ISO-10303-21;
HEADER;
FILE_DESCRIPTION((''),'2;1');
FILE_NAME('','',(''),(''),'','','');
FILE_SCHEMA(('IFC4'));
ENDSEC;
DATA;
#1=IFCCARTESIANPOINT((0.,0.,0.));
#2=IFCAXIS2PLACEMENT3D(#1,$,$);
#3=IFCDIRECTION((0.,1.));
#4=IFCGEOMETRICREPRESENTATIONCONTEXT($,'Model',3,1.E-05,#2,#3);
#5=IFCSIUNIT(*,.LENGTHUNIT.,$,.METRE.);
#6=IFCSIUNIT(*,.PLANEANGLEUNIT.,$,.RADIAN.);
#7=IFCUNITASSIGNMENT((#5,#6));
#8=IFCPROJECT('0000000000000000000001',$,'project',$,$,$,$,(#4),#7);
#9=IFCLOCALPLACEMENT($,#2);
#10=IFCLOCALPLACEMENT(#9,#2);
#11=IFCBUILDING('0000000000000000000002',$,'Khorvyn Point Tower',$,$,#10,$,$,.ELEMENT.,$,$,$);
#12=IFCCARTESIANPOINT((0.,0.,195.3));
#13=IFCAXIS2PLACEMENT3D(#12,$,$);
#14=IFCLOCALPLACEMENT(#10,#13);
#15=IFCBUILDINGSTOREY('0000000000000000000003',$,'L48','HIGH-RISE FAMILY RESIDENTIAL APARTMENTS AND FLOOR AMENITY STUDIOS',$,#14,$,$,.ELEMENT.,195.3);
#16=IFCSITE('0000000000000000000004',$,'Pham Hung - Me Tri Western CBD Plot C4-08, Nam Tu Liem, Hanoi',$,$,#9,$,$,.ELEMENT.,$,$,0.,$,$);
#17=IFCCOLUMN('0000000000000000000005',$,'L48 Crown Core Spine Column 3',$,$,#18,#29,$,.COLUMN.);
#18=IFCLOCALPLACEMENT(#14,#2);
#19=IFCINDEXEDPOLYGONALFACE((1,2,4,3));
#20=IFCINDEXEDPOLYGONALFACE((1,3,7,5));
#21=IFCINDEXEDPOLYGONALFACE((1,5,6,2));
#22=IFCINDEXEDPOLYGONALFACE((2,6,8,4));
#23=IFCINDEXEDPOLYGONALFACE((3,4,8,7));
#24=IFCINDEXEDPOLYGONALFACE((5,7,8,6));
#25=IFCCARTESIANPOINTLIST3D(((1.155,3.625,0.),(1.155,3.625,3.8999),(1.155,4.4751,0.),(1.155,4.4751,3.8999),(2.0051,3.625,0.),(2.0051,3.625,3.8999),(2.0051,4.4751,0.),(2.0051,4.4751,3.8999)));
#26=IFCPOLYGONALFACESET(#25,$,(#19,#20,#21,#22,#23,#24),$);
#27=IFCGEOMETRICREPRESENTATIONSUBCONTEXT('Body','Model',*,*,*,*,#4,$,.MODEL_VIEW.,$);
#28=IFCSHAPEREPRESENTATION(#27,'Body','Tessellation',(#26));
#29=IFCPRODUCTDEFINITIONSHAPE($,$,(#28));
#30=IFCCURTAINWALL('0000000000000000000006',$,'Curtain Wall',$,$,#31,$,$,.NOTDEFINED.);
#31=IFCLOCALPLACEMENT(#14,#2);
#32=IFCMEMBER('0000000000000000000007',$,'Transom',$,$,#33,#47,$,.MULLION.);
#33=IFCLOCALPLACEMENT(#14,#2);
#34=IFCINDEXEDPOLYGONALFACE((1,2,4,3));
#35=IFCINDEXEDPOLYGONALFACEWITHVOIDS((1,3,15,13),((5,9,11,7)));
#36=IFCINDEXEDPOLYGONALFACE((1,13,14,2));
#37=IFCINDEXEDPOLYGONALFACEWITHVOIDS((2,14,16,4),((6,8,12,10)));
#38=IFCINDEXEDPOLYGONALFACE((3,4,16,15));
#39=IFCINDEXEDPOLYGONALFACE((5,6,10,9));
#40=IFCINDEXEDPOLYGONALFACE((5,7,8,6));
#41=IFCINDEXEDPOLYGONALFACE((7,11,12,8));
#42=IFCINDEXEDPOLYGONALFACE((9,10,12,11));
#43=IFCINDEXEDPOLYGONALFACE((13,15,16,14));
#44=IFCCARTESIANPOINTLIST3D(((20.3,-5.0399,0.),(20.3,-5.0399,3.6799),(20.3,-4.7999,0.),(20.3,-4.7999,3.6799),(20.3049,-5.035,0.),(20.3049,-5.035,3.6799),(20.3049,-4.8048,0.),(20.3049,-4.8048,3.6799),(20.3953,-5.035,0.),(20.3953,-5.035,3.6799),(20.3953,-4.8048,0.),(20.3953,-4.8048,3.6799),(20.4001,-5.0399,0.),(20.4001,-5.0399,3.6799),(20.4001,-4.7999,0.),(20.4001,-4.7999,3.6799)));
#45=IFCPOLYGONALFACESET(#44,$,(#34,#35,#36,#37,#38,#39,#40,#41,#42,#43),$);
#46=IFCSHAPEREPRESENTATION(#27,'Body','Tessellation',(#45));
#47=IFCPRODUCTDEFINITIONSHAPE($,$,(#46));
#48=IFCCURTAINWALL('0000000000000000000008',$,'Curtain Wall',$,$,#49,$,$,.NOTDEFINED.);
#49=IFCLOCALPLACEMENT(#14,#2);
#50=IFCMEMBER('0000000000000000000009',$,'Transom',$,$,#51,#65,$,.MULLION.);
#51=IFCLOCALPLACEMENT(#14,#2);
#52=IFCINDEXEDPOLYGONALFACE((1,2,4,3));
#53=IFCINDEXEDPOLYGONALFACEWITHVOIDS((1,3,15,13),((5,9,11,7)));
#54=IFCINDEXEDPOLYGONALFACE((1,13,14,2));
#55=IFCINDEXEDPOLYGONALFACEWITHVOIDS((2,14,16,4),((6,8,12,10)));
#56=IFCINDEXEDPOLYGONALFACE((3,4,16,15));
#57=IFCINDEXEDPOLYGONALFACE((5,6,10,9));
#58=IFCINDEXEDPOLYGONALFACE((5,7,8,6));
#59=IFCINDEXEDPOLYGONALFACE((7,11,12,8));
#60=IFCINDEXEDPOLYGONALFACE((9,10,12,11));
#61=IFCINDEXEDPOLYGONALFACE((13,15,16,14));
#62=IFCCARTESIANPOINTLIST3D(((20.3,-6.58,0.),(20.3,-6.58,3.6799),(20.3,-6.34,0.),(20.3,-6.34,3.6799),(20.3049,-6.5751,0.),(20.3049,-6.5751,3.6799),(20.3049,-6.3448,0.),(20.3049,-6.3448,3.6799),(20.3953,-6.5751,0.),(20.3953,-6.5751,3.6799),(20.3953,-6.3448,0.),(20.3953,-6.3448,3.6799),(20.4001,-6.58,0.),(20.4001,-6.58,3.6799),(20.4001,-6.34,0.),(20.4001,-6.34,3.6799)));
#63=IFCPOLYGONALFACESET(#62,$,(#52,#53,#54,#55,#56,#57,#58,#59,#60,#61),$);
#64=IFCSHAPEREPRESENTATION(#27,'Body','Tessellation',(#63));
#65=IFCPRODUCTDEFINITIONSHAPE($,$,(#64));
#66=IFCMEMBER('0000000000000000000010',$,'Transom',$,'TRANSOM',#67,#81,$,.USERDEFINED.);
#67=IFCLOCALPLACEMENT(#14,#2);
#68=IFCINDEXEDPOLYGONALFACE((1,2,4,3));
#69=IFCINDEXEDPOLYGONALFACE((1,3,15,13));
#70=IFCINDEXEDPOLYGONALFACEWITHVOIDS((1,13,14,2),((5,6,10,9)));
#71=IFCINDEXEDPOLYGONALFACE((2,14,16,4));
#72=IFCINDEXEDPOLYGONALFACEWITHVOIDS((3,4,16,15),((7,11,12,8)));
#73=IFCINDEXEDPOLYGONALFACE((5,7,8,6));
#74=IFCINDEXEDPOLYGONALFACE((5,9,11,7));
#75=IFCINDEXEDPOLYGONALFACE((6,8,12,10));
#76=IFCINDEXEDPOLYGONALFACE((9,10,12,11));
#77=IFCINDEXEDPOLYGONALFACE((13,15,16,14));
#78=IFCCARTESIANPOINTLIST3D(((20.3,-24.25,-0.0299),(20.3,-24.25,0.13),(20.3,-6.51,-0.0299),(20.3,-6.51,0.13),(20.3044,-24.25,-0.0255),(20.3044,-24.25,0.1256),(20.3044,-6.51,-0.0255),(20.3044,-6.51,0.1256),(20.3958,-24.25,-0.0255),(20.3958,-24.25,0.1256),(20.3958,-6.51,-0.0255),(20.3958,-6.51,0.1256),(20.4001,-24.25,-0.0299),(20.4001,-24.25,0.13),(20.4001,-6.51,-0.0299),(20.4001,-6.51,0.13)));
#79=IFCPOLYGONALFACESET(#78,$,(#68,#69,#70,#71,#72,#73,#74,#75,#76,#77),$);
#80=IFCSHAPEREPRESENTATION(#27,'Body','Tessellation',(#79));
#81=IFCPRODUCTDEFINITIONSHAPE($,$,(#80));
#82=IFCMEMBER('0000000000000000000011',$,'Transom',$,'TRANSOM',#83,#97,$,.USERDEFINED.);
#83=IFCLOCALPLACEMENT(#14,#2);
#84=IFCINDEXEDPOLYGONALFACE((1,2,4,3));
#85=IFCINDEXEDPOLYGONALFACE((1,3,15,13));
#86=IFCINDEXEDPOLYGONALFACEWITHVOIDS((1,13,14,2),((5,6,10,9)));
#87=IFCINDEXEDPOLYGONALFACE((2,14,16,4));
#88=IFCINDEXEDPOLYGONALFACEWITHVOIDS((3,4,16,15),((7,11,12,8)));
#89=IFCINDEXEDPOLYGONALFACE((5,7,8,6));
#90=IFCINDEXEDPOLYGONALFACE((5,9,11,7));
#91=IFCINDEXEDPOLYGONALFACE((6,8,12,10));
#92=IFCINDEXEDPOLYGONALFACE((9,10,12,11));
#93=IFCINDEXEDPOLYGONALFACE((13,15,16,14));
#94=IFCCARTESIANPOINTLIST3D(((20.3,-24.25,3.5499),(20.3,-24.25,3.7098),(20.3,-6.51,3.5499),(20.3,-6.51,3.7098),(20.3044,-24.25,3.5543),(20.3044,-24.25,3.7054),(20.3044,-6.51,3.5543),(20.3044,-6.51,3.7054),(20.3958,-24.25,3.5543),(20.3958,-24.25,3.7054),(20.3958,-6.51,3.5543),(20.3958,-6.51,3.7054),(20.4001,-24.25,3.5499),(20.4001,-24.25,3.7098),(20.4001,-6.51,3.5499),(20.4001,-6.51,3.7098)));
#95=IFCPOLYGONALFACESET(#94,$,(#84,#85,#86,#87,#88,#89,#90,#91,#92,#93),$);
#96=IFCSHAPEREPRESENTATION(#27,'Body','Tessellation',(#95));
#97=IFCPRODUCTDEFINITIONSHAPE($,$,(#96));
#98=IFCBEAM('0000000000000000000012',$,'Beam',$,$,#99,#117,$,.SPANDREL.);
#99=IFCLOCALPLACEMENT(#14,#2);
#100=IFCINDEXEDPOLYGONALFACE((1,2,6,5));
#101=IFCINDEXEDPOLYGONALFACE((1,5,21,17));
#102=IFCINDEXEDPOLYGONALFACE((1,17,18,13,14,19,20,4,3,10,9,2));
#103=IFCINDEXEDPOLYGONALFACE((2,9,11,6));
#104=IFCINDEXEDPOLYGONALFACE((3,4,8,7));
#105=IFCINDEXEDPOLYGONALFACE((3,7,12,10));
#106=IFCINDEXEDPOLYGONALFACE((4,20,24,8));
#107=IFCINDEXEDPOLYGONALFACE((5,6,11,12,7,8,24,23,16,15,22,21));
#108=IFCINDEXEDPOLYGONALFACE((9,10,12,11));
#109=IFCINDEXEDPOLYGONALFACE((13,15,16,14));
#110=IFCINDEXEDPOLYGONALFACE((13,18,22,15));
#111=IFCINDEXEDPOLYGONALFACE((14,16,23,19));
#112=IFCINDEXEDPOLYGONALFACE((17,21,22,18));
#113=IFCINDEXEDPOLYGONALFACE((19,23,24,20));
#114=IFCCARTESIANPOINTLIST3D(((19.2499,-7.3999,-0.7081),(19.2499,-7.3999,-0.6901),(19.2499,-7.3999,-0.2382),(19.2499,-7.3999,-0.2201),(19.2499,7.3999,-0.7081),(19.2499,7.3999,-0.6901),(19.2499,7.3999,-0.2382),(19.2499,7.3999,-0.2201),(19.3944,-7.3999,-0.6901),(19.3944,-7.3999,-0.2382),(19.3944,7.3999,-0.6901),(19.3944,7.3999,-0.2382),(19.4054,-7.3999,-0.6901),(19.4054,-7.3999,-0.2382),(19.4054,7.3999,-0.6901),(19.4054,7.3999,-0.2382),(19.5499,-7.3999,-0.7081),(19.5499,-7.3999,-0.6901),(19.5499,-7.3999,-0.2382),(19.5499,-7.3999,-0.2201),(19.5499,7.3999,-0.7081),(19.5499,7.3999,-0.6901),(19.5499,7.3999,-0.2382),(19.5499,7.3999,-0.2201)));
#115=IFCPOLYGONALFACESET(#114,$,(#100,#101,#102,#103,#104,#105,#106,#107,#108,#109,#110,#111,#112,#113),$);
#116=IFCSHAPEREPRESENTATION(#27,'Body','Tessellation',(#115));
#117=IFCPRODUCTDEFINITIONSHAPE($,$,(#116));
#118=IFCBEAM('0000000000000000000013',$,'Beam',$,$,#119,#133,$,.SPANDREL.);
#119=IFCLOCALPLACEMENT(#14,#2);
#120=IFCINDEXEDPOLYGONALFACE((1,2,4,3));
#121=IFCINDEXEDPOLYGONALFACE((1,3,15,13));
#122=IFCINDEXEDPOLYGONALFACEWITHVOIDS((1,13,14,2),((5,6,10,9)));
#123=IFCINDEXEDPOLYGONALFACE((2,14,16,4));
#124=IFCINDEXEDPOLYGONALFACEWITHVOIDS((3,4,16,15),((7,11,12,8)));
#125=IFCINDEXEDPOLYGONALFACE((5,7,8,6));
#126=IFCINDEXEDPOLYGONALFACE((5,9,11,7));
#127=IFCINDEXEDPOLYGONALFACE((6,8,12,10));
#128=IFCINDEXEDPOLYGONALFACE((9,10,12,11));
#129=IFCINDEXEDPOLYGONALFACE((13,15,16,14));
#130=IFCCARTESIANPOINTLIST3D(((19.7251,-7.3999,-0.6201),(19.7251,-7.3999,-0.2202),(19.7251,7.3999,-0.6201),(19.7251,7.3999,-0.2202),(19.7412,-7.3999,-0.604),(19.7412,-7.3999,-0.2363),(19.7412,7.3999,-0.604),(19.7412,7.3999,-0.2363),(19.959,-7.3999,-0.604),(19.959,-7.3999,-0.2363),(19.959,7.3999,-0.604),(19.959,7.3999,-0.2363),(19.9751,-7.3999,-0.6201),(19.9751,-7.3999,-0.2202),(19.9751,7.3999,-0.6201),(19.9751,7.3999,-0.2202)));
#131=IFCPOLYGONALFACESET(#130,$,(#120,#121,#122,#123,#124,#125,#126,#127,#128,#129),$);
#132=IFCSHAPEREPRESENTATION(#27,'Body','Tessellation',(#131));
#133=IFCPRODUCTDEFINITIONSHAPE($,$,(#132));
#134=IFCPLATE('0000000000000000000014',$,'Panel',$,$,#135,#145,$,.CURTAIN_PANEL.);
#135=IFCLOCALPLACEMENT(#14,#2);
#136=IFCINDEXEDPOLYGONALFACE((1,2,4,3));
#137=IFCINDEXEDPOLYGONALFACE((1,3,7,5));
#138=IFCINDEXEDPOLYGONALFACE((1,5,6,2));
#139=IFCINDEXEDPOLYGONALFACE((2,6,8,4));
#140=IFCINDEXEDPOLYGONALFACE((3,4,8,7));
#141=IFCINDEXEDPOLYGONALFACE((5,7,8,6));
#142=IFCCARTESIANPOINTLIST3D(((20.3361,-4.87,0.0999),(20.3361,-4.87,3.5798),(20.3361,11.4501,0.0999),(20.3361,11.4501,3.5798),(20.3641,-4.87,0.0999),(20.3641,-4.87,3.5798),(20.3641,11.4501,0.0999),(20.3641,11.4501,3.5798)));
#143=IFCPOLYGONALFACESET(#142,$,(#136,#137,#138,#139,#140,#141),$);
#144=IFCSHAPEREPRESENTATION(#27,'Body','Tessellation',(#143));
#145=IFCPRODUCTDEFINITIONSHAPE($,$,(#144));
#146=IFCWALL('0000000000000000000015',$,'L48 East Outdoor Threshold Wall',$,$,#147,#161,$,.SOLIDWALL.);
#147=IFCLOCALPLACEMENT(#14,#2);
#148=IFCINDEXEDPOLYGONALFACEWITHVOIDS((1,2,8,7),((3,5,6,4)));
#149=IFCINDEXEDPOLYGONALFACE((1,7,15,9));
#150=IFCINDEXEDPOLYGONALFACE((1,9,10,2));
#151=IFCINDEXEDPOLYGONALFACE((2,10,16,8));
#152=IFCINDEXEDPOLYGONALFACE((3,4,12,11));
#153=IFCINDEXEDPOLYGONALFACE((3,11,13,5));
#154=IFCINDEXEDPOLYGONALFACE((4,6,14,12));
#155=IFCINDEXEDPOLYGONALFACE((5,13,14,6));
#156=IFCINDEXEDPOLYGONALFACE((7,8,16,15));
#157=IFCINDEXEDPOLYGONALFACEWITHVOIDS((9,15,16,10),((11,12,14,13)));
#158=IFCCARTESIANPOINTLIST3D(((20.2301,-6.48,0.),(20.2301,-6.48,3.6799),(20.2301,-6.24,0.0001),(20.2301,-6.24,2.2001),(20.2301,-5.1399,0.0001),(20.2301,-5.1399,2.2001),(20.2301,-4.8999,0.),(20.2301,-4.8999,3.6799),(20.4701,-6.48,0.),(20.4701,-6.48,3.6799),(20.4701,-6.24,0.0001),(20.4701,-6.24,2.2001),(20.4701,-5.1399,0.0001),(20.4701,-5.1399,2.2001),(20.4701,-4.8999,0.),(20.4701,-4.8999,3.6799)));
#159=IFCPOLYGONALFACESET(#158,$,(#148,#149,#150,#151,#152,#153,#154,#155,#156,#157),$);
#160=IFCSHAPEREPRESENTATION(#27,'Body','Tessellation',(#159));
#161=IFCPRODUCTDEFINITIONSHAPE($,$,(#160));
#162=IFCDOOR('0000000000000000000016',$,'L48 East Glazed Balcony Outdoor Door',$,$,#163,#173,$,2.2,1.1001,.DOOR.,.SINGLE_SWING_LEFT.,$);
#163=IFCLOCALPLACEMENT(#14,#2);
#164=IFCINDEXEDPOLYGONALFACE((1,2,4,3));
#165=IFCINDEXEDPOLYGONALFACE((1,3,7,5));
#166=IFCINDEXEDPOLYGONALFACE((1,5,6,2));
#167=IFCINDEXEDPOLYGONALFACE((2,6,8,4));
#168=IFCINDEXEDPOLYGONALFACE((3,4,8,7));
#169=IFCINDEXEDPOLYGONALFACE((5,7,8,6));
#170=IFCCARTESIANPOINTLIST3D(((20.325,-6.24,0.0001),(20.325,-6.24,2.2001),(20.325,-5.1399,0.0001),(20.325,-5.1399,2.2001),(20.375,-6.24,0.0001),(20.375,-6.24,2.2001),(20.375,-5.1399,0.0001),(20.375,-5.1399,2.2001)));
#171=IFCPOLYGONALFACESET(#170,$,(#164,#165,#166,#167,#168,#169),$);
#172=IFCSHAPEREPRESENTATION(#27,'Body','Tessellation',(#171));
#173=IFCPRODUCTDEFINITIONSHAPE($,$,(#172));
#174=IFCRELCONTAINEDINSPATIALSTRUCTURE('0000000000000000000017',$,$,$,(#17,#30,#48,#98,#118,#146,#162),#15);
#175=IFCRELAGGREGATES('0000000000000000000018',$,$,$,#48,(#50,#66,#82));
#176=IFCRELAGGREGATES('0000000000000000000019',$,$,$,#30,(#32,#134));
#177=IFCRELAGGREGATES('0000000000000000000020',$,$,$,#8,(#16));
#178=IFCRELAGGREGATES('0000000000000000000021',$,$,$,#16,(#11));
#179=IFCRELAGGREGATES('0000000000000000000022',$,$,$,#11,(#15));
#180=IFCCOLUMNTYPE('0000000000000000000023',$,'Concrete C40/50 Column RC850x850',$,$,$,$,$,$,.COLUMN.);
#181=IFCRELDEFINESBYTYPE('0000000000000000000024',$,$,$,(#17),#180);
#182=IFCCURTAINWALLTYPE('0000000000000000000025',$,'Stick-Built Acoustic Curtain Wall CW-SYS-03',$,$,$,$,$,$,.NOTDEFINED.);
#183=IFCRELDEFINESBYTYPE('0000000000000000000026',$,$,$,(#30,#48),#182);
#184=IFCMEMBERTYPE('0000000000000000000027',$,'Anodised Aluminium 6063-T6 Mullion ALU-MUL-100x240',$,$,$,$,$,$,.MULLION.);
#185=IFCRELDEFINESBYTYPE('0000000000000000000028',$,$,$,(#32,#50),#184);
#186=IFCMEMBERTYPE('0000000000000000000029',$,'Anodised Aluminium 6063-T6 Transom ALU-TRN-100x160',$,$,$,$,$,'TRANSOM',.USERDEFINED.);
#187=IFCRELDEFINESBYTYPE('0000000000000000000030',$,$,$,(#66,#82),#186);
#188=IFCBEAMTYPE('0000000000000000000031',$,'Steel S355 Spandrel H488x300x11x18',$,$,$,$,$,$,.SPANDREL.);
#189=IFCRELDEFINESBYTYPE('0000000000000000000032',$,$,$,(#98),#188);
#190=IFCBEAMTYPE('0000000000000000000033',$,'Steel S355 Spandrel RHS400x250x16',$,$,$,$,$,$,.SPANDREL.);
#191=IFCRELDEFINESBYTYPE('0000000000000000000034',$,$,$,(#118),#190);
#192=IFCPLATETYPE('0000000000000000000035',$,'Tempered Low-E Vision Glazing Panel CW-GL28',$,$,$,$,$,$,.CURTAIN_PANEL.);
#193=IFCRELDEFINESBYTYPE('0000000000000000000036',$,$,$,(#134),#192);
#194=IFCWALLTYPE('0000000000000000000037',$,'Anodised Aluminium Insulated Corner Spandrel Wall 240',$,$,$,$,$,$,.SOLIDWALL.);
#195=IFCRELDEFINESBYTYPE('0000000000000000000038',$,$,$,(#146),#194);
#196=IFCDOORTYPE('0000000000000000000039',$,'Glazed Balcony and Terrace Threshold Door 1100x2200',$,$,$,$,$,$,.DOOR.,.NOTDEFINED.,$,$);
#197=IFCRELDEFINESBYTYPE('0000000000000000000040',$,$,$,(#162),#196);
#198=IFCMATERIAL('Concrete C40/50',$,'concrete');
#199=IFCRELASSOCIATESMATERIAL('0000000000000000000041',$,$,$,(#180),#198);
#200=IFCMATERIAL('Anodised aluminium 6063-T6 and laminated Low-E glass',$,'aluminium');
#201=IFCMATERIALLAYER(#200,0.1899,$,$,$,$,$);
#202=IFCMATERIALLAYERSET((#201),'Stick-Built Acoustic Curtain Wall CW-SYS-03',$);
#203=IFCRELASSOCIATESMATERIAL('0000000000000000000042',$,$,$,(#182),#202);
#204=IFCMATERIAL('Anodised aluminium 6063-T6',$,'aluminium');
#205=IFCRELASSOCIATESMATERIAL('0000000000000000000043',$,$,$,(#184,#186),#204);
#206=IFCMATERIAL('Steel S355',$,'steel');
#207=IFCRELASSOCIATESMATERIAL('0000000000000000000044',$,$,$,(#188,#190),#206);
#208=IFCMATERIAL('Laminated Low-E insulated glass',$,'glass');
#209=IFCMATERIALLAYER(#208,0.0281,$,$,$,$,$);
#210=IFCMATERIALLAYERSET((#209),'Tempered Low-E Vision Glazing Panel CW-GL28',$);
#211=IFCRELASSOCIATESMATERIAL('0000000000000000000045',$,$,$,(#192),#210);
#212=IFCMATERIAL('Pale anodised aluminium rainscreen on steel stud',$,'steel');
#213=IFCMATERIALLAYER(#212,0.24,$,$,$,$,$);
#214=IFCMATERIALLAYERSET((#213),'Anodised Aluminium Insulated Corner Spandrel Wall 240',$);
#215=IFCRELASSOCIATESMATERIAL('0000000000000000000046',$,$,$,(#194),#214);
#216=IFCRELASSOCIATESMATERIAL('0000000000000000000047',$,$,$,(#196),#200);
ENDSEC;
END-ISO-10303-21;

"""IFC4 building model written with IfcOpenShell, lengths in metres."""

from ifc_helpers import new_model, si_unit, direction, frame, frame_2d, origin, origin_2d, place, context, subcontext, project, spatial, rectangle, hollow_rectangle, i_section, extrude, material, layer, layer_set, material_profile, profile_set, type_object, element, fill, aggregate, save


model = new_model("IFC4")

# Units and contexts
model_context = context("Model", 3, precision=1e-05, world=origin(), true_north=direction((0.0, 1.0)))
body_context = subcontext(model_context, "Body", "Model", "MODEL_VIEW")
ifc_project = project(units=[si_unit("LENGTHUNIT", "METRE"), si_unit("PLANEANGLEUNIT", "RADIAN")], contexts=[model_context])

# Site, building, storey
site_placement = place(None, origin())
site = spatial("IfcSite", under=ifc_project, at=site_placement, Name="Pham Hung - Me Tri Western CBD Plot C4-08, Nam Tu Liem, Hanoi", CompositionType="ELEMENT", RefElevation=0.0)
building_placement = place(site_placement, origin())
building = spatial("IfcBuilding", under=site, at=building_placement, Name="Khorvyn Point Tower", CompositionType="ELEMENT")
storey_placement = place(building_placement, frame((0.0, 0.0, 195.3)))
storey = spatial("IfcBuildingStorey", under=building, at=storey_placement, Name="L48", Description="HIGH-RISE FAMILY RESIDENTIAL APARTMENTS AND FLOOR AMENITY STUDIOS", CompositionType="ELEMENT", Elevation=195.3)

# Column
ifc_material_1 = material(Name="Concrete C40/50", Category="concrete")
ifc_material_profile_1 = material_profile(ifc_material_1, rectangle(XDim=0.8501, YDim=0.8501, at=origin_2d()))
ifc_profile_set_1 = profile_set([ifc_material_profile_1], Name="Concrete C40/50 RC850x850")
column_type = type_object("IfcColumnType", Name="Concrete C40/50 Column RC850x850", PredefinedType="COLUMN", material=ifc_profile_set_1)
column_placement = place(storey_placement, frame((1.5801, 4.05, 0.0), z_axis=(0.0, 0.0, 1.0), x_axis=(1.0, 0.0, 0.0)))
element("IfcColumn", 1, at=column_placement, inside=storey, type_object=column_type, Name="L48 Crown Core Spine Column 3", PredefinedType="COLUMN", context=body_context, shape_type="SweptSolid", body=[
    extrude(rectangle(XDim=0.8501, YDim=0.8501, at=origin_2d()), origin(), (0.0, 0.0, 1.0), 3.8999),
])

# Curtain wall, member
ifc_material_2 = material(Name="Anodised aluminium 6063-T6 and laminated Low-E glass", Category="aluminium")
ifc_layer_1 = layer(ifc_material_2, 0.1899)
ifc_layer_set_1 = layer_set([ifc_layer_1], Name="Stick-Built Acoustic Curtain Wall CW-SYS-03")
curtain_wall_type = type_object("IfcCurtainWallType", Name="Stick-Built Acoustic Curtain Wall CW-SYS-03", PredefinedType="NOTDEFINED", material=ifc_layer_set_1)
curtain_wall_1_placement = place(storey_placement, origin())
curtain_wall_1 = element("IfcCurtainWall", 2, at=curtain_wall_1_placement, inside=storey, type_object=curtain_wall_type, Name="Curtain Wall", PredefinedType="NOTDEFINED")
ifc_material_3 = material(Name="Anodised aluminium 6063-T6", Category="aluminium")
ifc_material_profile_2 = material_profile(ifc_material_3, hollow_rectangle(XDim=0.1001, YDim=0.24, WallThickness=0.0049, at=origin_2d()))
ifc_profile_set_2 = profile_set([ifc_material_profile_2], Name="Anodised aluminium 6063-T6 ALU-MUL-100x240")
member_type_1 = type_object("IfcMemberType", Name="Anodised Aluminium 6063-T6 Mullion ALU-MUL-100x240", PredefinedType="MULLION", material=ifc_profile_set_2)
member_1_placement = place(storey_placement, frame((20.3501, -4.9199, 0.0), z_axis=(0.0, 0.0, 1.0), x_axis=(1.0, 0.0, 0.0)))
member_1 = element("IfcMember", 3, at=member_1_placement, type_object=member_type_1, Name="Transom", PredefinedType="MULLION", context=body_context, shape_type="SweptSolid", body=[
    extrude(hollow_rectangle(XDim=0.1001, YDim=0.24, WallThickness=0.0049, at=origin_2d()), origin(), (0.0, 0.0, 1.0), 3.6799),
])

# Curtain wall, members
curtain_wall_2_placement = place(storey_placement, origin())
curtain_wall_2 = element("IfcCurtainWall", 4, at=curtain_wall_2_placement, inside=storey, type_object=curtain_wall_type, Name="Curtain Wall", PredefinedType="NOTDEFINED")
member_2_placement = place(storey_placement, frame((20.3501, -6.46, 0.0), z_axis=(0.0, 0.0, 1.0), x_axis=(1.0, 0.0, 0.0)))
member_2 = element("IfcMember", 5, at=member_2_placement, type_object=member_type_1, Name="Transom", PredefinedType="MULLION", context=body_context, shape_type="SweptSolid", body=[
    extrude(hollow_rectangle(XDim=0.1001, YDim=0.24, WallThickness=0.0049, at=origin_2d()), origin(), (0.0, 0.0, 1.0), 3.6799),
])
ifc_material_profile_3 = material_profile(ifc_material_3, hollow_rectangle(XDim=0.1001, YDim=0.1599, WallThickness=0.0044, at=origin_2d()))
ifc_profile_set_3 = profile_set([ifc_material_profile_3], Name="Anodised aluminium 6063-T6 ALU-TRN-100x160")
member_type_2 = type_object("IfcMemberType", Name="Anodised Aluminium 6063-T6 Transom ALU-TRN-100x160", ElementType="TRANSOM", PredefinedType="USERDEFINED", material=ifc_profile_set_3)
member_3_placement = place(storey_placement, frame((20.3501, -6.51, 0.05), z_axis=(0.0, -1.0, 0.0), x_axis=(1.0, 0.0, 0.0)))
member_3 = element("IfcMember", 6, at=member_3_placement, type_object=member_type_2, Name="Transom", ObjectType="TRANSOM", PredefinedType="USERDEFINED", context=body_context, shape_type="SweptSolid", body=[
    extrude(hollow_rectangle(XDim=0.1001, YDim=0.1599, WallThickness=0.0044, at=origin_2d()), origin(), (0.0, 0.0, 1.0), 17.74),
])
member_4_placement = place(storey_placement, frame((20.3501, -6.51, 3.6299), z_axis=(0.0, -1.0, 0.0), x_axis=(1.0, 0.0, 0.0)))
member_4 = element("IfcMember", 7, at=member_4_placement, type_object=member_type_2, Name="Transom", ObjectType="TRANSOM", PredefinedType="USERDEFINED", context=body_context, shape_type="SweptSolid", body=[
    extrude(hollow_rectangle(XDim=0.1001, YDim=0.1599, WallThickness=0.0044, at=origin_2d()), origin(), (0.0, 0.0, 1.0), 17.74),
])
aggregate(curtain_wall_2, [member_2, member_3, member_4])

# Beams
ifc_material_4 = material(Name="Steel S355", Category="steel")
ifc_material_profile_4 = material_profile(ifc_material_4, i_section(OverallWidth=0.3, OverallDepth=0.488, WebThickness=0.011, FlangeThickness=0.0181, at=origin_2d()))
ifc_profile_set_4 = profile_set([ifc_material_profile_4], Name="Steel S355 H488x300x11x18")
beam_type_1 = type_object("IfcBeamType", Name="Steel S355 Spandrel H488x300x11x18", PredefinedType="SPANDREL", material=ifc_profile_set_4)
beam_1_placement = place(storey_placement, frame((19.3999, -7.3999, -0.4641), z_axis=(0.0, 1.0, 0.0), x_axis=(-1.0, 0.0, 0.0)))
element("IfcBeam", 8, at=beam_1_placement, inside=storey, type_object=beam_type_1, Name="Beam", PredefinedType="SPANDREL", context=body_context, shape_type="SweptSolid", body=[
    extrude(i_section(OverallWidth=0.3, OverallDepth=0.488, WebThickness=0.011, FlangeThickness=0.0181, at=origin_2d()), origin(), (0.0, 0.0, 1.0), 14.7998),
])
ifc_material_profile_5 = material_profile(ifc_material_4, hollow_rectangle(XDim=0.25, YDim=0.3999, WallThickness=0.0161, at=origin_2d()))
ifc_profile_set_5 = profile_set([ifc_material_profile_5], Name="Steel S355 RHS400x250x16")
beam_type_2 = type_object("IfcBeamType", Name="Steel S355 Spandrel RHS400x250x16", PredefinedType="SPANDREL", material=ifc_profile_set_5)
beam_2_placement = place(storey_placement, frame((19.8501, -7.3999, -0.4202), z_axis=(0.0, 1.0, 0.0), x_axis=(-1.0, 0.0, 0.0)))
element("IfcBeam", 9, at=beam_2_placement, inside=storey, type_object=beam_type_2, Name="Beam", PredefinedType="SPANDREL", context=body_context, shape_type="SweptSolid", body=[
    extrude(hollow_rectangle(XDim=0.25, YDim=0.3999, WallThickness=0.0161, at=origin_2d()), origin(), (0.0, 0.0, 1.0), 14.7998),
])

# Plate
ifc_material_5 = material(Name="Laminated Low-E insulated glass", Category="glass")
ifc_layer_2 = layer(ifc_material_5, 0.0281)
ifc_layer_set_2 = layer_set([ifc_layer_2], Name="Tempered Low-E Vision Glazing Panel CW-GL28")
plate_type = type_object("IfcPlateType", Name="Tempered Low-E Vision Glazing Panel CW-GL28", PredefinedType="CURTAIN_PANEL", material=ifc_layer_set_2)
plate_placement = place(storey_placement, frame((20.3501, 3.29, 0.0999), z_axis=(0.0, 0.0, 1.0), x_axis=(0.0, -1.0, 0.0)))
plate = element("IfcPlate", 10, at=plate_placement, type_object=plate_type, Name="Panel", PredefinedType="CURTAIN_PANEL", context=body_context, shape_type="SweptSolid", body=[
    extrude(rectangle(XDim=16.3201, YDim=0.0281, at=origin_2d()), origin(), (0.0, 0.0, 1.0), 3.48),
])
aggregate(curtain_wall_1, [member_1, plate])

# Wall, opening, door
ifc_material_6 = material(Name="Pale anodised aluminium rainscreen on steel stud", Category="steel")
ifc_layer_3 = layer(ifc_material_6, 0.24)
ifc_layer_set_3 = layer_set([ifc_layer_3], Name="Anodised Aluminium Insulated Corner Spandrel Wall 240")
wall_type_1 = type_object("IfcWallType", Name="Anodised Aluminium Insulated Corner Spandrel Wall 240", PredefinedType="SOLIDWALL", material=ifc_layer_set_3)
wall_1_placement = place(storey_placement, frame((20.3501, -4.8999, 0.0), z_axis=(0.0, 0.0, 1.0), x_axis=(0.0, -1.0, 0.0)))
wall_1 = element("IfcWall", 11, at=wall_1_placement, inside=storey, type_object=wall_type_1, Name="L48 East Outdoor Threshold Wall", PredefinedType="SOLIDWALL", context=body_context, shape_type="SweptSolid", body=[
    extrude(rectangle(XDim=1.5801, YDim=0.24, at=frame_2d((0.79, 0.0))), origin(), (0.0, 0.0, 1.0), 3.6799),
])
opening_1_placement = place(wall_1_placement, frame((0.24, 0.0, 0.0)))
opening_1 = element("IfcOpeningElement", 12, at=opening_1_placement, cuts=wall_1, PredefinedType="OPENING", context=body_context, shape_type="SweptSolid", body=[
    extrude(rectangle(XDim=1.1001, YDim=2.2, at=frame_2d((0.55, 1.1001))), frame((0.0, 0.1299, 0.0), z_axis=(0.0, -1.0, 0.0), x_axis=(1.0, 0.0, 0.0)), (0.0, 0.0, 1.0), 0.26),
])
door_type_1 = type_object("IfcDoorType", Name="Glazed Balcony and Terrace Threshold Door 1100x2200", OperationType="NOTDEFINED", PredefinedType="DOOR", material=ifc_material_2)
door_1_placement = place(opening_1_placement, origin())
door_1 = element("IfcDoor", 13, at=door_1_placement, inside=storey, type_object=door_type_1, Name="L48 East Glazed Balcony Outdoor Door", OperationType="SINGLE_SWING_LEFT", OverallHeight=2.2, OverallWidth=1.1001, PredefinedType="DOOR", context=body_context, shape_type="SweptSolid", body=[
    extrude(rectangle(XDim=1.1001, YDim=2.2, at=frame_2d((0.55, 1.1001))), frame((0.0, 0.0249, 0.0), z_axis=(0.0, -1.0, 0.0), x_axis=(1.0, 0.0, 0.0)), (0.0, 0.0, 1.0), 0.05),
])
fill(opening_1, door_1)

save(model, "model.ifc")
